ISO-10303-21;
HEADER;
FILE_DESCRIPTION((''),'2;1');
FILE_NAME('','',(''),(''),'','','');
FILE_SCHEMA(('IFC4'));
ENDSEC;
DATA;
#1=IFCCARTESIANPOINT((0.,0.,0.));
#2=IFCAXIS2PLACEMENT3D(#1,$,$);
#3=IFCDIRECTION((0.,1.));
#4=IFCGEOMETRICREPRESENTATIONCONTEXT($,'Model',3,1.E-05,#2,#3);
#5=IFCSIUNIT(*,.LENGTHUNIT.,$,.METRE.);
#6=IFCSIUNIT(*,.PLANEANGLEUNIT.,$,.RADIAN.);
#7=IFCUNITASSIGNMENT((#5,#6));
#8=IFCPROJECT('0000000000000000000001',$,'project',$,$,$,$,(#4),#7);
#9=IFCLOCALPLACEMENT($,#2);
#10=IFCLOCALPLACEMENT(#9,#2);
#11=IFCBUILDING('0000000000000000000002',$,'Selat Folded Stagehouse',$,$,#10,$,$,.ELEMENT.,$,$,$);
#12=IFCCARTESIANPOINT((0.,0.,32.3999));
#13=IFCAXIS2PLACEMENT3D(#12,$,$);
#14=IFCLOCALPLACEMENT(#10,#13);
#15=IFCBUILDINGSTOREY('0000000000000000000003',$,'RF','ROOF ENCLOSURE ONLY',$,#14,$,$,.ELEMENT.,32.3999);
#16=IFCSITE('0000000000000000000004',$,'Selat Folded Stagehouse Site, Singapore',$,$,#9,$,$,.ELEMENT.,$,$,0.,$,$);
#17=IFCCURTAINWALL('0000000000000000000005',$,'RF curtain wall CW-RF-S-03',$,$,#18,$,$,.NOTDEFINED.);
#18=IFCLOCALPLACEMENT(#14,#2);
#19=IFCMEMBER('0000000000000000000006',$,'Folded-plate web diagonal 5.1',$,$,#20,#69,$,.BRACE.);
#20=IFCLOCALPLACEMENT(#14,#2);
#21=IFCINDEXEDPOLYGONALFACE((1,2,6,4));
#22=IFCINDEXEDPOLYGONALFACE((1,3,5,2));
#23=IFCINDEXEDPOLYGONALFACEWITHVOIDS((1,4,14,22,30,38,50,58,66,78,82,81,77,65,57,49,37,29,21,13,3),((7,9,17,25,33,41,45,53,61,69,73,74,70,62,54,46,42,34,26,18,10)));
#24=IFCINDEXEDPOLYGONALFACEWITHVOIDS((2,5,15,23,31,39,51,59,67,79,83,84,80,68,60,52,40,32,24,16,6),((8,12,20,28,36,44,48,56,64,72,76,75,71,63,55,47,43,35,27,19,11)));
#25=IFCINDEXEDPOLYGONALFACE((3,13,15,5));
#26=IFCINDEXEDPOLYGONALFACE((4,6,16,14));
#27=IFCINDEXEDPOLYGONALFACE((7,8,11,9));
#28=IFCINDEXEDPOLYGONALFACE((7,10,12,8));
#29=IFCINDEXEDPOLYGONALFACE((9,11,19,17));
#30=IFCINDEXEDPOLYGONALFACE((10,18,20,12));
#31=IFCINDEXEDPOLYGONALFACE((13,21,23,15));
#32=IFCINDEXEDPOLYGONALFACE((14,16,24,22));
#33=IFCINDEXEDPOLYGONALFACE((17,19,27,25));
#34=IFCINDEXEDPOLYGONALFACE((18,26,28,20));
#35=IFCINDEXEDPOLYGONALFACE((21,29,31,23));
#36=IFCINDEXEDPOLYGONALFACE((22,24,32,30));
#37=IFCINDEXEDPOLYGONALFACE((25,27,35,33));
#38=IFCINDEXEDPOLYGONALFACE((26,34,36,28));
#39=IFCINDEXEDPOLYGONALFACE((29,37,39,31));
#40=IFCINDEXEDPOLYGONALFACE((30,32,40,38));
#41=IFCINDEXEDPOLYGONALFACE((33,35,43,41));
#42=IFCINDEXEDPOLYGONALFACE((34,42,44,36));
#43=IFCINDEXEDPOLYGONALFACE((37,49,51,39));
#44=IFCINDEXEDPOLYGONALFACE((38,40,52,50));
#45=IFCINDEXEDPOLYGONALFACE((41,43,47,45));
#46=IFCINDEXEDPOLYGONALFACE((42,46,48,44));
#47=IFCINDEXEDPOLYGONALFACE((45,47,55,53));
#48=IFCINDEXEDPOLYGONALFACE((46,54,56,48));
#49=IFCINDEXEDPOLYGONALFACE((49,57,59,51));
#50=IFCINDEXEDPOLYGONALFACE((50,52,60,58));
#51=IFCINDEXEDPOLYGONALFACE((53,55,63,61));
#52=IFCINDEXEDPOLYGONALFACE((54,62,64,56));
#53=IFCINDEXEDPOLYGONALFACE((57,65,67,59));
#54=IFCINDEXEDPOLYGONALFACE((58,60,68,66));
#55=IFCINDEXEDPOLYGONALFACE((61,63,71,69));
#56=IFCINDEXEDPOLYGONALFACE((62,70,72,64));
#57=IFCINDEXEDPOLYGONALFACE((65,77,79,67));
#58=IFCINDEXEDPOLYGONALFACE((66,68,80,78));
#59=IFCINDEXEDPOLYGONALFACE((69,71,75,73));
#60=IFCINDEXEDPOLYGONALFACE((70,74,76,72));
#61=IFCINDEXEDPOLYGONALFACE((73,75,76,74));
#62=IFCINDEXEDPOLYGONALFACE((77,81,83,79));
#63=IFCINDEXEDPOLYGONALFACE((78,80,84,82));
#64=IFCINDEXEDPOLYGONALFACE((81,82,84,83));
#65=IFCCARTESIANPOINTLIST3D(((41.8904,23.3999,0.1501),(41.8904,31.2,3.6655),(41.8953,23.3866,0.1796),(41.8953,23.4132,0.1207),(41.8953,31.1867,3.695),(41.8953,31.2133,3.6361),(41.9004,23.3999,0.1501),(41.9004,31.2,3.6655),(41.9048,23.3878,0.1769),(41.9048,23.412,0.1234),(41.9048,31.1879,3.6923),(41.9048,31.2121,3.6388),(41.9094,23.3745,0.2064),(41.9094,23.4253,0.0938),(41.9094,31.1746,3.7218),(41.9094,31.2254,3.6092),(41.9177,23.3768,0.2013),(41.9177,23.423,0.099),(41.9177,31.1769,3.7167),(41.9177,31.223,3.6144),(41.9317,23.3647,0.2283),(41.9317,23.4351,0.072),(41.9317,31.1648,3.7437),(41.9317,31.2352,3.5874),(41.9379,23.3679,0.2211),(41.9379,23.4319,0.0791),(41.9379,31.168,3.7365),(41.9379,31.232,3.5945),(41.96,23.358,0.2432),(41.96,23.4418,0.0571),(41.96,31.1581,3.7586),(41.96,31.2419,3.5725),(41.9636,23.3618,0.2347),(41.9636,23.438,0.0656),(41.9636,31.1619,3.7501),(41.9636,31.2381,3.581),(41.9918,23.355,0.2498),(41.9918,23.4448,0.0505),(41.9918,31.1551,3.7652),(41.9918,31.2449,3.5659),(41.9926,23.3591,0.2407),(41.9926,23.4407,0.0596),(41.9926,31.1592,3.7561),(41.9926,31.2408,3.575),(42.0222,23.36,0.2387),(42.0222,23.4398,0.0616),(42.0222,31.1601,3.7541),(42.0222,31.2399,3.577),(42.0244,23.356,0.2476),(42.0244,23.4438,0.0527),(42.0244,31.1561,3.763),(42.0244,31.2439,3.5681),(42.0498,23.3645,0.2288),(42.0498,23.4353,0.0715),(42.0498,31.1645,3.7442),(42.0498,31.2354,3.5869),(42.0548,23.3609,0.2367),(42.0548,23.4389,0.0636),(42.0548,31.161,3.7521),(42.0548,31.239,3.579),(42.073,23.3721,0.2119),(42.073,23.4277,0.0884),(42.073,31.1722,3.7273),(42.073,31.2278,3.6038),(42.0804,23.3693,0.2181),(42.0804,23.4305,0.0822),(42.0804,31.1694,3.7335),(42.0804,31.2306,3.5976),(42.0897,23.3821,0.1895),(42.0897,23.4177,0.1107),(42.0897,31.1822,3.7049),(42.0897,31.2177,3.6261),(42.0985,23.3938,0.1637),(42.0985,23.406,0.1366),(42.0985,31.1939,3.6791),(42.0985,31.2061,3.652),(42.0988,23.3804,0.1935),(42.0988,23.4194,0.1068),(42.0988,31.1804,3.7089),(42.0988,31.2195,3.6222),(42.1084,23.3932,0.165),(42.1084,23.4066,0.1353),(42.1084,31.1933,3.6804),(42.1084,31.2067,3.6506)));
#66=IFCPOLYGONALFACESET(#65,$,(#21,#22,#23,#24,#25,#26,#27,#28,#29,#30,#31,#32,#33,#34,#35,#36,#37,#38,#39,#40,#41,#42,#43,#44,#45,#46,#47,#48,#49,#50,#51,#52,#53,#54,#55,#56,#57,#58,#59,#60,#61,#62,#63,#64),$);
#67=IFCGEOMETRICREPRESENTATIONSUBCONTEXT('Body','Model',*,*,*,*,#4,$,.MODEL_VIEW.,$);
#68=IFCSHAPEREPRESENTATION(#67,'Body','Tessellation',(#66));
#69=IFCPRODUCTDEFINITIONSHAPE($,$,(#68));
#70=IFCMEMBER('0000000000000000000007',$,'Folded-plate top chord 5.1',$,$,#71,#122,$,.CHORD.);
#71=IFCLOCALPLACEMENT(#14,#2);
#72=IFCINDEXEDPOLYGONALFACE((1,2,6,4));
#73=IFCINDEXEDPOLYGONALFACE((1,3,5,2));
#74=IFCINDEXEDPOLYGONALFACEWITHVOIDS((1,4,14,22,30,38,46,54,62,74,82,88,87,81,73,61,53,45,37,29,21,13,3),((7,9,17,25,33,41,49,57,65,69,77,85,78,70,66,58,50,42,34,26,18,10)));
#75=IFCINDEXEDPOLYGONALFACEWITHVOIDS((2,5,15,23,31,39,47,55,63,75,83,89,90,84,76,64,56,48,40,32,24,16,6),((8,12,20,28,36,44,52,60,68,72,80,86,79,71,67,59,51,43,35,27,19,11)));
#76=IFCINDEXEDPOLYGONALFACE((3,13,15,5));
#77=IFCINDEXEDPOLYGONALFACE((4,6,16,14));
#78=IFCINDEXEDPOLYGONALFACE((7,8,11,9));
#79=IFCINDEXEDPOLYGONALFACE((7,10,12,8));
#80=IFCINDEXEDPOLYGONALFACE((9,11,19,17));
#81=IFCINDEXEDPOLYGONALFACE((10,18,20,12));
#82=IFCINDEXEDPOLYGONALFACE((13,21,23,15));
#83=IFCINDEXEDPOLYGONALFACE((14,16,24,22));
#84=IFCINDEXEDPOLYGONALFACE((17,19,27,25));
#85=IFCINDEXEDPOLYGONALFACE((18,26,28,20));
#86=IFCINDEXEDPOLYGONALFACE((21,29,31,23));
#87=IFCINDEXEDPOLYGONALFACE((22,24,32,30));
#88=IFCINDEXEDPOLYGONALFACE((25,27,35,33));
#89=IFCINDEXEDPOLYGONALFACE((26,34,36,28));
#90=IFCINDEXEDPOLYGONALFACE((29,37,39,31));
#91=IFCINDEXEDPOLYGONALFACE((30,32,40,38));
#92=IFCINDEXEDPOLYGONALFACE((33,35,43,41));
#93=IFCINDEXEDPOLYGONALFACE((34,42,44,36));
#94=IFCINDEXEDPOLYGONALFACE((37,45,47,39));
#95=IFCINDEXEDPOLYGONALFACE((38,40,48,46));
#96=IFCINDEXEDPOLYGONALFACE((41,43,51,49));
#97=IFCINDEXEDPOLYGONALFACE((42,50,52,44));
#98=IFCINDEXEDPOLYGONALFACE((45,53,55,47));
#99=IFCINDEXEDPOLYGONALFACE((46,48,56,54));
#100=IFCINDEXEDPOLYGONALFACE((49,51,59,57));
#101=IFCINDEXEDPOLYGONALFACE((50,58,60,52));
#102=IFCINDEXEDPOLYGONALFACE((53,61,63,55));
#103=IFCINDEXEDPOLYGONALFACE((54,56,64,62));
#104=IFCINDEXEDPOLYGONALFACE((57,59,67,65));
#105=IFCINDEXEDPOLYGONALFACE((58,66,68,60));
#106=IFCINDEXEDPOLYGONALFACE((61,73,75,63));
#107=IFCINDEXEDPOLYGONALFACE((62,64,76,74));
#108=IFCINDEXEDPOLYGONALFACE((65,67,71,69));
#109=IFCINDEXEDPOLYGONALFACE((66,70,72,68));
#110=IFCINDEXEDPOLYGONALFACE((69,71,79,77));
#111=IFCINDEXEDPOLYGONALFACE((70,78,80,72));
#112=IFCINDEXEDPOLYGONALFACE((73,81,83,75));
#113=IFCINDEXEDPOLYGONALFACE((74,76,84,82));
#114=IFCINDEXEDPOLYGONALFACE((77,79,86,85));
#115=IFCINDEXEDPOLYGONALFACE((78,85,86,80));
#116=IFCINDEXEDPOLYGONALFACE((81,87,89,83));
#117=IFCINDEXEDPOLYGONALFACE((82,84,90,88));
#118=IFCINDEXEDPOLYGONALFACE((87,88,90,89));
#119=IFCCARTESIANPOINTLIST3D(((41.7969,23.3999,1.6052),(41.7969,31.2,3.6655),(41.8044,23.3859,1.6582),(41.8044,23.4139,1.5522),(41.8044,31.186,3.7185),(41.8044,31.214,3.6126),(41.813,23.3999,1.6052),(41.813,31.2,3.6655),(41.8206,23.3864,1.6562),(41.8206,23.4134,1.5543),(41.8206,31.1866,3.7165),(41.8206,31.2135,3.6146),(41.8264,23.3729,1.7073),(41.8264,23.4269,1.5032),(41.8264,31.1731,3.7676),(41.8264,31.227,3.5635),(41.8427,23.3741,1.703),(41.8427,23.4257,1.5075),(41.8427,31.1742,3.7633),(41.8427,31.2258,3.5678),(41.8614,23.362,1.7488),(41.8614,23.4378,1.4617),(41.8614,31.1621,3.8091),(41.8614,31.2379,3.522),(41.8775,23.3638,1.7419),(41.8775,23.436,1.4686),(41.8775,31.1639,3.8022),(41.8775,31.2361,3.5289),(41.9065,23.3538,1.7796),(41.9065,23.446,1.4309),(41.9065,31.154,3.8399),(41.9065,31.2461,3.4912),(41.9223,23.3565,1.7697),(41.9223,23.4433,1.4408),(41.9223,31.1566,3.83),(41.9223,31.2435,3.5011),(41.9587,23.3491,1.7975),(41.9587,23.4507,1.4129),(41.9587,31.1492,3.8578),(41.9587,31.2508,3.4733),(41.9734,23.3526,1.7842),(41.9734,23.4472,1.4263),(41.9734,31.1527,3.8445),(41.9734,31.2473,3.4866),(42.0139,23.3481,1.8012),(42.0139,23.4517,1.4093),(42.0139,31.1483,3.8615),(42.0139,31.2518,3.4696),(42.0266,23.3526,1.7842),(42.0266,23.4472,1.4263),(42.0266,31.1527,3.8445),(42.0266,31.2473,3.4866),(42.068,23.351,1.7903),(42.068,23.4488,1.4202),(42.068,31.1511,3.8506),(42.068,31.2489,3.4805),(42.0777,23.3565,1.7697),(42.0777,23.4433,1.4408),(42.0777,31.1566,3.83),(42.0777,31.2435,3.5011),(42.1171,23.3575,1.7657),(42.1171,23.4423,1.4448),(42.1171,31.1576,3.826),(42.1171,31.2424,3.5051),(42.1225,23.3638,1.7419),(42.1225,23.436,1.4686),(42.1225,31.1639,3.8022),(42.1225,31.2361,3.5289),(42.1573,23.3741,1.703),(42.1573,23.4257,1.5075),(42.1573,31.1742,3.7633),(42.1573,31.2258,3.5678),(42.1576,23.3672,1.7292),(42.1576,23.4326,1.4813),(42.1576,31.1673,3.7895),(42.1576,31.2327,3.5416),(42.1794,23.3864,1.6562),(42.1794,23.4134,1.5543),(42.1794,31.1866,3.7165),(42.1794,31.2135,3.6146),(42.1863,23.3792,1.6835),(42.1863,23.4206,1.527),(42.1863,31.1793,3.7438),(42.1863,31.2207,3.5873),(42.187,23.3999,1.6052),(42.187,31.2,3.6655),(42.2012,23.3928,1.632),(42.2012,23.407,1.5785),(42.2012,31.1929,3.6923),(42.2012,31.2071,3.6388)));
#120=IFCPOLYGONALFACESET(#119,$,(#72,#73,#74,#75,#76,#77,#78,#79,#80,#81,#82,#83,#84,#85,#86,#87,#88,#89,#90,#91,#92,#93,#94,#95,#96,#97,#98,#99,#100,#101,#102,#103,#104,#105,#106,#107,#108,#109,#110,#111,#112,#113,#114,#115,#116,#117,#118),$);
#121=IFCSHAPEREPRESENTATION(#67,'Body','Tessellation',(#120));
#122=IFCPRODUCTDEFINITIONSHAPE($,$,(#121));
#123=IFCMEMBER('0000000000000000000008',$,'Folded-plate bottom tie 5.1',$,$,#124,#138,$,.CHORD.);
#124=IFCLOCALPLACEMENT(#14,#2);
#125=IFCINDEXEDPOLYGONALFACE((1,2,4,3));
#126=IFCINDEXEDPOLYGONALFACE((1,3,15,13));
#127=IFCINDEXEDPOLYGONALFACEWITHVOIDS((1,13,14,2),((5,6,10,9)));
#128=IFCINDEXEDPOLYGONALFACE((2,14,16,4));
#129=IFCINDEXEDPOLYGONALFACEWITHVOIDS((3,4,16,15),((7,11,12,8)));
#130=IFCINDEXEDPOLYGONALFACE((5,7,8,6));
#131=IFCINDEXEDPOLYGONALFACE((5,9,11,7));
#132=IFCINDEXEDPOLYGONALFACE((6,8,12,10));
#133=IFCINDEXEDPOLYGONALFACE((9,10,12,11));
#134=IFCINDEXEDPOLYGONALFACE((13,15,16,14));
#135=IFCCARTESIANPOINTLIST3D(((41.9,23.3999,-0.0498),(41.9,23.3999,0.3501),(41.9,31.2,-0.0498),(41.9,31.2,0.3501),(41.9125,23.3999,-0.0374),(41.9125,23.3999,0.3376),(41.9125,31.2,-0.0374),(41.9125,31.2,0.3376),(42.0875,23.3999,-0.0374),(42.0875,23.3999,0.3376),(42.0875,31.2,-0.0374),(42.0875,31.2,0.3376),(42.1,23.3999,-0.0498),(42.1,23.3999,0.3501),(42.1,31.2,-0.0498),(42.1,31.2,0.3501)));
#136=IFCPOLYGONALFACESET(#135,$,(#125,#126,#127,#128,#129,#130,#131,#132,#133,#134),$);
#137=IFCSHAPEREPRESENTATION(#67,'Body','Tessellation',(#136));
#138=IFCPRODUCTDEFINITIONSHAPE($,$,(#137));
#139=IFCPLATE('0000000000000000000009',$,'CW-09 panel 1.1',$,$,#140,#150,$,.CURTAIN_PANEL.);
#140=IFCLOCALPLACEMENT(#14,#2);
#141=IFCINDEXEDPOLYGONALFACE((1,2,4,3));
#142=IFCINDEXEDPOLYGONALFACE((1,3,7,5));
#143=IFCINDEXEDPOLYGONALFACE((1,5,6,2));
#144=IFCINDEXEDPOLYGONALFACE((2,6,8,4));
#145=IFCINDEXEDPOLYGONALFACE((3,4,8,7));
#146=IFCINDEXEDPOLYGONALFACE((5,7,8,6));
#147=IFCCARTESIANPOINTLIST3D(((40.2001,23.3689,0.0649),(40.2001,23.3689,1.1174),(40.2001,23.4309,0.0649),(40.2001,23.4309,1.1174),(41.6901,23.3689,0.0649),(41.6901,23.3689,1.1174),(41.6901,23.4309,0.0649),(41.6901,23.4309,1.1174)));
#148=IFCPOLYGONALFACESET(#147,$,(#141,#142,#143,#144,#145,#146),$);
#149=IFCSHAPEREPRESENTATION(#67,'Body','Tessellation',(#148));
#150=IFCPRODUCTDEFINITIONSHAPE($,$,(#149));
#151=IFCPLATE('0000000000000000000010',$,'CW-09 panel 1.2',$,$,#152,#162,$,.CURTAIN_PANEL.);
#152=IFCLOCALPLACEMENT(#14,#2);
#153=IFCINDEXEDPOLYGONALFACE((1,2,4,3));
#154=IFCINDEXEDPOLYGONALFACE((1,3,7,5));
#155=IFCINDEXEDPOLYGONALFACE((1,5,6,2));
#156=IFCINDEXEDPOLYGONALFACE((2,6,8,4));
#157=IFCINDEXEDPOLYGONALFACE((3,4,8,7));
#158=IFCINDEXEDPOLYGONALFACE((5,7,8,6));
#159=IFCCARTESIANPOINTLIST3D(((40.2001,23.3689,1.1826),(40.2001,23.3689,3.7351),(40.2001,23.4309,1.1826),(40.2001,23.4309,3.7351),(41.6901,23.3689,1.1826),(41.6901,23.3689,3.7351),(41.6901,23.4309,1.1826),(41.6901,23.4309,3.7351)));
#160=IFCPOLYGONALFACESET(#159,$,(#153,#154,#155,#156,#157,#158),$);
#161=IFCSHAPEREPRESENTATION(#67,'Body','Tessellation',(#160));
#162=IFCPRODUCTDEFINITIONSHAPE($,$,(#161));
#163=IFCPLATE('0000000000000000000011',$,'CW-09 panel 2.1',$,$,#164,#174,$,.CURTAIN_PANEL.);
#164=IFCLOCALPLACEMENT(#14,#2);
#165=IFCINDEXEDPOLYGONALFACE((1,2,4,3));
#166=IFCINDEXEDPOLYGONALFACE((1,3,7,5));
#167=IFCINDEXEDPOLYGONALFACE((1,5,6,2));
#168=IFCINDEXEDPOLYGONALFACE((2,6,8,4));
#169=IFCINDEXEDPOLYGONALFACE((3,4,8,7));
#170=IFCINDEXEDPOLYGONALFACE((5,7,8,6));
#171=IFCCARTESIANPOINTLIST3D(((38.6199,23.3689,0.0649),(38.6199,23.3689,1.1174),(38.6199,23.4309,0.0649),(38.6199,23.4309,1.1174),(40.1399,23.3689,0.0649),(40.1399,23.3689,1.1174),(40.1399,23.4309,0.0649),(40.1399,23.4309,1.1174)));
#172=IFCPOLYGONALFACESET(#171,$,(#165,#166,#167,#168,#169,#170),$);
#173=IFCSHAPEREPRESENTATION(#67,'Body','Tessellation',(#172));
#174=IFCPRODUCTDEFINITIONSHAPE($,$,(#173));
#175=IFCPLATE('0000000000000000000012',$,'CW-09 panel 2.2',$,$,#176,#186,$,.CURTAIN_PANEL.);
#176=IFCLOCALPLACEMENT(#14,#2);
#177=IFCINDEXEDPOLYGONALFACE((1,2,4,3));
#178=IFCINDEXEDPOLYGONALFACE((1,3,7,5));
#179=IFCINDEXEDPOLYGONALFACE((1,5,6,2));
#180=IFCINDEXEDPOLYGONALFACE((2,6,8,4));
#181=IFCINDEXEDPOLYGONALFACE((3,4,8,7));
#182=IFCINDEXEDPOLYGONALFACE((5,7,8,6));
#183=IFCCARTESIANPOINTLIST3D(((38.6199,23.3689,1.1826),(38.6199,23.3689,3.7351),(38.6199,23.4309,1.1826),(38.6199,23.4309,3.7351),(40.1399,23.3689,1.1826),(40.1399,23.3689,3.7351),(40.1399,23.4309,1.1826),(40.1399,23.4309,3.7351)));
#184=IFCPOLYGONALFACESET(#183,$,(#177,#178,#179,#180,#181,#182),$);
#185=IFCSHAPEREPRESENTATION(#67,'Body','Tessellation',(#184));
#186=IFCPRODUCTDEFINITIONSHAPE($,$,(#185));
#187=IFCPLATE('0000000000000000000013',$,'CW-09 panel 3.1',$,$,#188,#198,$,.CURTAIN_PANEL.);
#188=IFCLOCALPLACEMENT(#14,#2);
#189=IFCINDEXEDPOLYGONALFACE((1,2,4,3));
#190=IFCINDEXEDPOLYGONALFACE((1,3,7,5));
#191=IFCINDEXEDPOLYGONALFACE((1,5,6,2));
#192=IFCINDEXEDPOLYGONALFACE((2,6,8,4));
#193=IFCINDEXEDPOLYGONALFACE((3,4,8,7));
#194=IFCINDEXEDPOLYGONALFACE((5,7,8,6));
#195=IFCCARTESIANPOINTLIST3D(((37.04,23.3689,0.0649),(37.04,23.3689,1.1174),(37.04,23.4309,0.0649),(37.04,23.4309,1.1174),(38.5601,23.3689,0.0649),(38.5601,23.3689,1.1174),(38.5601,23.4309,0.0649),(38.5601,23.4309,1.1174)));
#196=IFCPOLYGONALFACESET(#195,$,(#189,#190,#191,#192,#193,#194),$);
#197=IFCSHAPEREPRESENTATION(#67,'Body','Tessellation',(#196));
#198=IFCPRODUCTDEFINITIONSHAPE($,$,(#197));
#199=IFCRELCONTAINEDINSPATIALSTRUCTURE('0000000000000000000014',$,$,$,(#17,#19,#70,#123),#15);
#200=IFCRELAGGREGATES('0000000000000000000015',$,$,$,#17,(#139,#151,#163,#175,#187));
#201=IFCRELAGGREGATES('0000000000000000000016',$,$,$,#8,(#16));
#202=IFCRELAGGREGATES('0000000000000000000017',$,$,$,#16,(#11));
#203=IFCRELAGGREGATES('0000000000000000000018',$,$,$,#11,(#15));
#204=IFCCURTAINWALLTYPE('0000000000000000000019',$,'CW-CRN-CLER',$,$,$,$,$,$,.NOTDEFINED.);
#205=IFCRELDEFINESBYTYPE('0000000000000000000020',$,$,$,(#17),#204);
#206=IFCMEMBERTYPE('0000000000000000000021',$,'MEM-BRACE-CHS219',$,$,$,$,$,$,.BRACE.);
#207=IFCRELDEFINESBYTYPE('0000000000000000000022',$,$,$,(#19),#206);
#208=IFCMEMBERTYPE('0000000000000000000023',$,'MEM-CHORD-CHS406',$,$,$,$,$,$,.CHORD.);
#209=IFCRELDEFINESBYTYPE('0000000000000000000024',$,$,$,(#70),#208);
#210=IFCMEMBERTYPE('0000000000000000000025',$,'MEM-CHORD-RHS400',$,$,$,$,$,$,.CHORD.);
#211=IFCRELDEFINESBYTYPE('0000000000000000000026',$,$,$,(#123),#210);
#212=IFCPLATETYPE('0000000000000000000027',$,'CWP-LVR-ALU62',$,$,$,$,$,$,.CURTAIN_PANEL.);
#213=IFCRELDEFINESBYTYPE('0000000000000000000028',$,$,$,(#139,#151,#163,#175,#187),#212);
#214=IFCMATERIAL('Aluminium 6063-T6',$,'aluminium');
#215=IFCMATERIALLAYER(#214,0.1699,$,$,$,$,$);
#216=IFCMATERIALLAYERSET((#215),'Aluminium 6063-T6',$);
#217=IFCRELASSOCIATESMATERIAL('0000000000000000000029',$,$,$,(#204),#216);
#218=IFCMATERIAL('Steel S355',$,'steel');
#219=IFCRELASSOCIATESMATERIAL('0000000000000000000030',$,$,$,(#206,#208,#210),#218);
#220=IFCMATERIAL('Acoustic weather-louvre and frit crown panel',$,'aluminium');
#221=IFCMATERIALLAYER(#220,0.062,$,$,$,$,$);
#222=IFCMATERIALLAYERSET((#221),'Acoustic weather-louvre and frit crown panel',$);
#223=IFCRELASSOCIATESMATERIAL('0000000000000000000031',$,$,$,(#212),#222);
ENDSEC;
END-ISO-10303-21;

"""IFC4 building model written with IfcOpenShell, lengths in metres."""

from ifc_helpers import new_model, si_unit, direction, frame, origin, origin_2d, place, context, subcontext, project, spatial, rectangle, hollow_rectangle, hollow_circle, extrude, material, layer, layer_set, material_profile, profile_set, type_object, element, aggregate, save


model = new_model("IFC4")

# Units and contexts
model_context = context("Model", 3, precision=1e-05, world=origin(), true_north=direction((0.0, 1.0)))
body_context = subcontext(model_context, "Body", "Model", "MODEL_VIEW")
ifc_project = project(units=[si_unit("LENGTHUNIT", "METRE"), si_unit("PLANEANGLEUNIT", "RADIAN")], contexts=[model_context])

# Site, building, storey
site_placement = place(None, origin())
site = spatial("IfcSite", under=ifc_project, at=site_placement, Name="Selat Folded Stagehouse Site, Singapore", CompositionType="ELEMENT", RefElevation=0.0)
building_placement = place(site_placement, origin())
building = spatial("IfcBuilding", under=site, at=building_placement, Name="Selat Folded Stagehouse", CompositionType="ELEMENT")
storey_placement = place(building_placement, frame((0.0, 0.0, 32.3999)))
storey = spatial("IfcBuildingStorey", under=building, at=storey_placement, Name="RF", Description="ROOF ENCLOSURE ONLY", CompositionType="ELEMENT", Elevation=32.3999)

# Shared definitions
ifc_material_1 = material(Name="Steel S355", Category="steel")

# Curtain wall
ifc_material_2 = material(Name="Aluminium 6063-T6", Category="aluminium")
ifc_layer_1 = layer(ifc_material_2, 0.1699)
ifc_layer_set_1 = layer_set([ifc_layer_1], Name="Aluminium 6063-T6")
curtain_wall_type = type_object("IfcCurtainWallType", Name="CW-CRN-CLER", PredefinedType="NOTDEFINED", material=ifc_layer_set_1)
curtain_wall_1_placement = place(storey_placement, origin())
curtain_wall_1 = element("IfcCurtainWall", 1, at=curtain_wall_1_placement, inside=storey, type_object=curtain_wall_type, Name="RF curtain wall CW-RF-S-03", PredefinedType="NOTDEFINED")

# Members
ifc_material_profile_1 = material_profile(ifc_material_1, hollow_circle(Radius=0.1096, WallThickness=0.01, at=origin_2d()), Name="CHS 219.1x10.0")
ifc_profile_set_1 = profile_set([ifc_material_profile_1], Name="Steel S355")
member_type_1 = type_object("IfcMemberType", Name="MEM-BRACE-CHS219", PredefinedType="BRACE", material=ifc_profile_set_1)
member_1_placement = place(storey_placement, frame((42.0, 23.3999, 0.1501), z_axis=(0.0, 0.911687, 0.410885), x_axis=(-1.0, 0.0, 0.0)))
element("IfcMember", 2, at=member_1_placement, inside=storey, type_object=member_type_1, Name="Folded-plate web diagonal 5.1", PredefinedType="BRACE", context=body_context, shape_type="SweptSolid", body=[
    extrude(hollow_circle(Radius=0.1096, WallThickness=0.01, at=origin_2d()), origin(), (0.0, 0.0, 1.0), 8.5557),
])
ifc_material_profile_2 = material_profile(ifc_material_1, hollow_circle(Radius=0.2031, WallThickness=0.0161, at=origin_2d()), Name="CHS 406.4x16.0")
ifc_profile_set_2 = profile_set([ifc_material_profile_2], Name="Steel S355")
member_type_2 = type_object("IfcMemberType", Name="MEM-CHORD-CHS406", PredefinedType="CHORD", material=ifc_profile_set_2)
member_2_placement = place(storey_placement, frame((42.0, 23.3999, 1.6052), z_axis=(0.0, 0.966841, 0.255381), x_axis=(-1.0, 0.0, 0.0)))
element("IfcMember", 3, at=member_2_placement, inside=storey, type_object=member_type_2, Name="Folded-plate top chord 5.1", PredefinedType="CHORD", context=body_context, shape_type="SweptSolid", body=[
    extrude(hollow_circle(Radius=0.2031, WallThickness=0.0161, at=origin_2d()), origin(), (0.0, 0.0, 1.0), 8.0676),
])
ifc_material_profile_3 = material_profile(ifc_material_1, hollow_rectangle(XDim=0.2, YDim=0.3999, WallThickness=0.0125, at=origin_2d()), Name="RHS 400x200x12.5")
ifc_profile_set_3 = profile_set([ifc_material_profile_3], Name="Steel S355")
member_type_3 = type_object("IfcMemberType", Name="MEM-CHORD-RHS400", PredefinedType="CHORD", material=ifc_profile_set_3)
member_3_placement = place(storey_placement, frame((42.0, 23.3999, 0.1501), z_axis=(0.0, 1.0, 0.0), x_axis=(-1.0, 0.0, 0.0)))
element("IfcMember", 4, at=member_3_placement, inside=storey, type_object=member_type_3, Name="Folded-plate bottom tie 5.1", PredefinedType="CHORD", context=body_context, shape_type="SweptSolid", body=[
    extrude(hollow_rectangle(XDim=0.2, YDim=0.3999, WallThickness=0.0125, at=origin_2d()), origin(), (0.0, 0.0, 1.0), 7.8),
])

# Plates
ifc_material_3 = material(Name="Acoustic weather-louvre and frit crown panel", Category="aluminium")
ifc_layer_2 = layer(ifc_material_3, 0.062)
ifc_layer_set_2 = layer_set([ifc_layer_2], Name="Acoustic weather-louvre and frit crown panel")
plate_type_1 = type_object("IfcPlateType", Name="CWP-LVR-ALU62", PredefinedType="CURTAIN_PANEL", material=ifc_layer_set_2)
plate_1_placement = place(storey_placement, frame((40.9451, 23.3999, 0.0649), z_axis=(0.0, 0.0, 1.0), x_axis=(-1.0, 0.0, 0.0)))
plate_1 = element("IfcPlate", 5, at=plate_1_placement, type_object=plate_type_1, Name="CW-09 panel 1.1", PredefinedType="CURTAIN_PANEL", context=body_context, shape_type="SweptSolid", body=[
    extrude(rectangle(XDim=1.49, YDim=0.062, at=origin_2d()), origin(), (0.0, 0.0, 1.0), 1.0525),
])
plate_2_placement = place(storey_placement, frame((40.9451, 23.3999, 1.1826), z_axis=(0.0, 0.0, 1.0), x_axis=(-1.0, 0.0, 0.0)))
plate_2 = element("IfcPlate", 6, at=plate_2_placement, type_object=plate_type_1, Name="CW-09 panel 1.2", PredefinedType="CURTAIN_PANEL", context=body_context, shape_type="SweptSolid", body=[
    extrude(rectangle(XDim=1.49, YDim=0.062, at=origin_2d()), origin(), (0.0, 0.0, 1.0), 2.5525),
])
plate_3_placement = place(storey_placement, frame((39.3799, 23.3999, 0.0649), z_axis=(0.0, 0.0, 1.0), x_axis=(-1.0, 0.0, 0.0)))
plate_3 = element("IfcPlate", 7, at=plate_3_placement, type_object=plate_type_1, Name="CW-09 panel 2.1", PredefinedType="CURTAIN_PANEL", context=body_context, shape_type="SweptSolid", body=[
    extrude(rectangle(XDim=1.52, YDim=0.062, at=origin_2d()), origin(), (0.0, 0.0, 1.0), 1.0525),
])
plate_4_placement = place(storey_placement, frame((39.3799, 23.3999, 1.1826), z_axis=(0.0, 0.0, 1.0), x_axis=(-1.0, 0.0, 0.0)))
plate_4 = element("IfcPlate", 8, at=plate_4_placement, type_object=plate_type_1, Name="CW-09 panel 2.2", PredefinedType="CURTAIN_PANEL", context=body_context, shape_type="SweptSolid", body=[
    extrude(rectangle(XDim=1.52, YDim=0.062, at=origin_2d()), origin(), (0.0, 0.0, 1.0), 2.5525),
])
plate_5_placement = place(storey_placement, frame((37.8, 23.3999, 0.0649), z_axis=(0.0, 0.0, 1.0), x_axis=(-1.0, 0.0, 0.0)))
plate_5 = element("IfcPlate", 9, at=plate_5_placement, type_object=plate_type_1, Name="CW-09 panel 3.1", PredefinedType="CURTAIN_PANEL", context=body_context, shape_type="SweptSolid", body=[
    extrude(rectangle(XDim=1.52, YDim=0.062, at=origin_2d()), origin(), (0.0, 0.0, 1.0), 1.0525),
])
aggregate(curtain_wall_1, [plate_1, plate_2, plate_3, plate_4, plate_5])

save(model, "model.ifc")
